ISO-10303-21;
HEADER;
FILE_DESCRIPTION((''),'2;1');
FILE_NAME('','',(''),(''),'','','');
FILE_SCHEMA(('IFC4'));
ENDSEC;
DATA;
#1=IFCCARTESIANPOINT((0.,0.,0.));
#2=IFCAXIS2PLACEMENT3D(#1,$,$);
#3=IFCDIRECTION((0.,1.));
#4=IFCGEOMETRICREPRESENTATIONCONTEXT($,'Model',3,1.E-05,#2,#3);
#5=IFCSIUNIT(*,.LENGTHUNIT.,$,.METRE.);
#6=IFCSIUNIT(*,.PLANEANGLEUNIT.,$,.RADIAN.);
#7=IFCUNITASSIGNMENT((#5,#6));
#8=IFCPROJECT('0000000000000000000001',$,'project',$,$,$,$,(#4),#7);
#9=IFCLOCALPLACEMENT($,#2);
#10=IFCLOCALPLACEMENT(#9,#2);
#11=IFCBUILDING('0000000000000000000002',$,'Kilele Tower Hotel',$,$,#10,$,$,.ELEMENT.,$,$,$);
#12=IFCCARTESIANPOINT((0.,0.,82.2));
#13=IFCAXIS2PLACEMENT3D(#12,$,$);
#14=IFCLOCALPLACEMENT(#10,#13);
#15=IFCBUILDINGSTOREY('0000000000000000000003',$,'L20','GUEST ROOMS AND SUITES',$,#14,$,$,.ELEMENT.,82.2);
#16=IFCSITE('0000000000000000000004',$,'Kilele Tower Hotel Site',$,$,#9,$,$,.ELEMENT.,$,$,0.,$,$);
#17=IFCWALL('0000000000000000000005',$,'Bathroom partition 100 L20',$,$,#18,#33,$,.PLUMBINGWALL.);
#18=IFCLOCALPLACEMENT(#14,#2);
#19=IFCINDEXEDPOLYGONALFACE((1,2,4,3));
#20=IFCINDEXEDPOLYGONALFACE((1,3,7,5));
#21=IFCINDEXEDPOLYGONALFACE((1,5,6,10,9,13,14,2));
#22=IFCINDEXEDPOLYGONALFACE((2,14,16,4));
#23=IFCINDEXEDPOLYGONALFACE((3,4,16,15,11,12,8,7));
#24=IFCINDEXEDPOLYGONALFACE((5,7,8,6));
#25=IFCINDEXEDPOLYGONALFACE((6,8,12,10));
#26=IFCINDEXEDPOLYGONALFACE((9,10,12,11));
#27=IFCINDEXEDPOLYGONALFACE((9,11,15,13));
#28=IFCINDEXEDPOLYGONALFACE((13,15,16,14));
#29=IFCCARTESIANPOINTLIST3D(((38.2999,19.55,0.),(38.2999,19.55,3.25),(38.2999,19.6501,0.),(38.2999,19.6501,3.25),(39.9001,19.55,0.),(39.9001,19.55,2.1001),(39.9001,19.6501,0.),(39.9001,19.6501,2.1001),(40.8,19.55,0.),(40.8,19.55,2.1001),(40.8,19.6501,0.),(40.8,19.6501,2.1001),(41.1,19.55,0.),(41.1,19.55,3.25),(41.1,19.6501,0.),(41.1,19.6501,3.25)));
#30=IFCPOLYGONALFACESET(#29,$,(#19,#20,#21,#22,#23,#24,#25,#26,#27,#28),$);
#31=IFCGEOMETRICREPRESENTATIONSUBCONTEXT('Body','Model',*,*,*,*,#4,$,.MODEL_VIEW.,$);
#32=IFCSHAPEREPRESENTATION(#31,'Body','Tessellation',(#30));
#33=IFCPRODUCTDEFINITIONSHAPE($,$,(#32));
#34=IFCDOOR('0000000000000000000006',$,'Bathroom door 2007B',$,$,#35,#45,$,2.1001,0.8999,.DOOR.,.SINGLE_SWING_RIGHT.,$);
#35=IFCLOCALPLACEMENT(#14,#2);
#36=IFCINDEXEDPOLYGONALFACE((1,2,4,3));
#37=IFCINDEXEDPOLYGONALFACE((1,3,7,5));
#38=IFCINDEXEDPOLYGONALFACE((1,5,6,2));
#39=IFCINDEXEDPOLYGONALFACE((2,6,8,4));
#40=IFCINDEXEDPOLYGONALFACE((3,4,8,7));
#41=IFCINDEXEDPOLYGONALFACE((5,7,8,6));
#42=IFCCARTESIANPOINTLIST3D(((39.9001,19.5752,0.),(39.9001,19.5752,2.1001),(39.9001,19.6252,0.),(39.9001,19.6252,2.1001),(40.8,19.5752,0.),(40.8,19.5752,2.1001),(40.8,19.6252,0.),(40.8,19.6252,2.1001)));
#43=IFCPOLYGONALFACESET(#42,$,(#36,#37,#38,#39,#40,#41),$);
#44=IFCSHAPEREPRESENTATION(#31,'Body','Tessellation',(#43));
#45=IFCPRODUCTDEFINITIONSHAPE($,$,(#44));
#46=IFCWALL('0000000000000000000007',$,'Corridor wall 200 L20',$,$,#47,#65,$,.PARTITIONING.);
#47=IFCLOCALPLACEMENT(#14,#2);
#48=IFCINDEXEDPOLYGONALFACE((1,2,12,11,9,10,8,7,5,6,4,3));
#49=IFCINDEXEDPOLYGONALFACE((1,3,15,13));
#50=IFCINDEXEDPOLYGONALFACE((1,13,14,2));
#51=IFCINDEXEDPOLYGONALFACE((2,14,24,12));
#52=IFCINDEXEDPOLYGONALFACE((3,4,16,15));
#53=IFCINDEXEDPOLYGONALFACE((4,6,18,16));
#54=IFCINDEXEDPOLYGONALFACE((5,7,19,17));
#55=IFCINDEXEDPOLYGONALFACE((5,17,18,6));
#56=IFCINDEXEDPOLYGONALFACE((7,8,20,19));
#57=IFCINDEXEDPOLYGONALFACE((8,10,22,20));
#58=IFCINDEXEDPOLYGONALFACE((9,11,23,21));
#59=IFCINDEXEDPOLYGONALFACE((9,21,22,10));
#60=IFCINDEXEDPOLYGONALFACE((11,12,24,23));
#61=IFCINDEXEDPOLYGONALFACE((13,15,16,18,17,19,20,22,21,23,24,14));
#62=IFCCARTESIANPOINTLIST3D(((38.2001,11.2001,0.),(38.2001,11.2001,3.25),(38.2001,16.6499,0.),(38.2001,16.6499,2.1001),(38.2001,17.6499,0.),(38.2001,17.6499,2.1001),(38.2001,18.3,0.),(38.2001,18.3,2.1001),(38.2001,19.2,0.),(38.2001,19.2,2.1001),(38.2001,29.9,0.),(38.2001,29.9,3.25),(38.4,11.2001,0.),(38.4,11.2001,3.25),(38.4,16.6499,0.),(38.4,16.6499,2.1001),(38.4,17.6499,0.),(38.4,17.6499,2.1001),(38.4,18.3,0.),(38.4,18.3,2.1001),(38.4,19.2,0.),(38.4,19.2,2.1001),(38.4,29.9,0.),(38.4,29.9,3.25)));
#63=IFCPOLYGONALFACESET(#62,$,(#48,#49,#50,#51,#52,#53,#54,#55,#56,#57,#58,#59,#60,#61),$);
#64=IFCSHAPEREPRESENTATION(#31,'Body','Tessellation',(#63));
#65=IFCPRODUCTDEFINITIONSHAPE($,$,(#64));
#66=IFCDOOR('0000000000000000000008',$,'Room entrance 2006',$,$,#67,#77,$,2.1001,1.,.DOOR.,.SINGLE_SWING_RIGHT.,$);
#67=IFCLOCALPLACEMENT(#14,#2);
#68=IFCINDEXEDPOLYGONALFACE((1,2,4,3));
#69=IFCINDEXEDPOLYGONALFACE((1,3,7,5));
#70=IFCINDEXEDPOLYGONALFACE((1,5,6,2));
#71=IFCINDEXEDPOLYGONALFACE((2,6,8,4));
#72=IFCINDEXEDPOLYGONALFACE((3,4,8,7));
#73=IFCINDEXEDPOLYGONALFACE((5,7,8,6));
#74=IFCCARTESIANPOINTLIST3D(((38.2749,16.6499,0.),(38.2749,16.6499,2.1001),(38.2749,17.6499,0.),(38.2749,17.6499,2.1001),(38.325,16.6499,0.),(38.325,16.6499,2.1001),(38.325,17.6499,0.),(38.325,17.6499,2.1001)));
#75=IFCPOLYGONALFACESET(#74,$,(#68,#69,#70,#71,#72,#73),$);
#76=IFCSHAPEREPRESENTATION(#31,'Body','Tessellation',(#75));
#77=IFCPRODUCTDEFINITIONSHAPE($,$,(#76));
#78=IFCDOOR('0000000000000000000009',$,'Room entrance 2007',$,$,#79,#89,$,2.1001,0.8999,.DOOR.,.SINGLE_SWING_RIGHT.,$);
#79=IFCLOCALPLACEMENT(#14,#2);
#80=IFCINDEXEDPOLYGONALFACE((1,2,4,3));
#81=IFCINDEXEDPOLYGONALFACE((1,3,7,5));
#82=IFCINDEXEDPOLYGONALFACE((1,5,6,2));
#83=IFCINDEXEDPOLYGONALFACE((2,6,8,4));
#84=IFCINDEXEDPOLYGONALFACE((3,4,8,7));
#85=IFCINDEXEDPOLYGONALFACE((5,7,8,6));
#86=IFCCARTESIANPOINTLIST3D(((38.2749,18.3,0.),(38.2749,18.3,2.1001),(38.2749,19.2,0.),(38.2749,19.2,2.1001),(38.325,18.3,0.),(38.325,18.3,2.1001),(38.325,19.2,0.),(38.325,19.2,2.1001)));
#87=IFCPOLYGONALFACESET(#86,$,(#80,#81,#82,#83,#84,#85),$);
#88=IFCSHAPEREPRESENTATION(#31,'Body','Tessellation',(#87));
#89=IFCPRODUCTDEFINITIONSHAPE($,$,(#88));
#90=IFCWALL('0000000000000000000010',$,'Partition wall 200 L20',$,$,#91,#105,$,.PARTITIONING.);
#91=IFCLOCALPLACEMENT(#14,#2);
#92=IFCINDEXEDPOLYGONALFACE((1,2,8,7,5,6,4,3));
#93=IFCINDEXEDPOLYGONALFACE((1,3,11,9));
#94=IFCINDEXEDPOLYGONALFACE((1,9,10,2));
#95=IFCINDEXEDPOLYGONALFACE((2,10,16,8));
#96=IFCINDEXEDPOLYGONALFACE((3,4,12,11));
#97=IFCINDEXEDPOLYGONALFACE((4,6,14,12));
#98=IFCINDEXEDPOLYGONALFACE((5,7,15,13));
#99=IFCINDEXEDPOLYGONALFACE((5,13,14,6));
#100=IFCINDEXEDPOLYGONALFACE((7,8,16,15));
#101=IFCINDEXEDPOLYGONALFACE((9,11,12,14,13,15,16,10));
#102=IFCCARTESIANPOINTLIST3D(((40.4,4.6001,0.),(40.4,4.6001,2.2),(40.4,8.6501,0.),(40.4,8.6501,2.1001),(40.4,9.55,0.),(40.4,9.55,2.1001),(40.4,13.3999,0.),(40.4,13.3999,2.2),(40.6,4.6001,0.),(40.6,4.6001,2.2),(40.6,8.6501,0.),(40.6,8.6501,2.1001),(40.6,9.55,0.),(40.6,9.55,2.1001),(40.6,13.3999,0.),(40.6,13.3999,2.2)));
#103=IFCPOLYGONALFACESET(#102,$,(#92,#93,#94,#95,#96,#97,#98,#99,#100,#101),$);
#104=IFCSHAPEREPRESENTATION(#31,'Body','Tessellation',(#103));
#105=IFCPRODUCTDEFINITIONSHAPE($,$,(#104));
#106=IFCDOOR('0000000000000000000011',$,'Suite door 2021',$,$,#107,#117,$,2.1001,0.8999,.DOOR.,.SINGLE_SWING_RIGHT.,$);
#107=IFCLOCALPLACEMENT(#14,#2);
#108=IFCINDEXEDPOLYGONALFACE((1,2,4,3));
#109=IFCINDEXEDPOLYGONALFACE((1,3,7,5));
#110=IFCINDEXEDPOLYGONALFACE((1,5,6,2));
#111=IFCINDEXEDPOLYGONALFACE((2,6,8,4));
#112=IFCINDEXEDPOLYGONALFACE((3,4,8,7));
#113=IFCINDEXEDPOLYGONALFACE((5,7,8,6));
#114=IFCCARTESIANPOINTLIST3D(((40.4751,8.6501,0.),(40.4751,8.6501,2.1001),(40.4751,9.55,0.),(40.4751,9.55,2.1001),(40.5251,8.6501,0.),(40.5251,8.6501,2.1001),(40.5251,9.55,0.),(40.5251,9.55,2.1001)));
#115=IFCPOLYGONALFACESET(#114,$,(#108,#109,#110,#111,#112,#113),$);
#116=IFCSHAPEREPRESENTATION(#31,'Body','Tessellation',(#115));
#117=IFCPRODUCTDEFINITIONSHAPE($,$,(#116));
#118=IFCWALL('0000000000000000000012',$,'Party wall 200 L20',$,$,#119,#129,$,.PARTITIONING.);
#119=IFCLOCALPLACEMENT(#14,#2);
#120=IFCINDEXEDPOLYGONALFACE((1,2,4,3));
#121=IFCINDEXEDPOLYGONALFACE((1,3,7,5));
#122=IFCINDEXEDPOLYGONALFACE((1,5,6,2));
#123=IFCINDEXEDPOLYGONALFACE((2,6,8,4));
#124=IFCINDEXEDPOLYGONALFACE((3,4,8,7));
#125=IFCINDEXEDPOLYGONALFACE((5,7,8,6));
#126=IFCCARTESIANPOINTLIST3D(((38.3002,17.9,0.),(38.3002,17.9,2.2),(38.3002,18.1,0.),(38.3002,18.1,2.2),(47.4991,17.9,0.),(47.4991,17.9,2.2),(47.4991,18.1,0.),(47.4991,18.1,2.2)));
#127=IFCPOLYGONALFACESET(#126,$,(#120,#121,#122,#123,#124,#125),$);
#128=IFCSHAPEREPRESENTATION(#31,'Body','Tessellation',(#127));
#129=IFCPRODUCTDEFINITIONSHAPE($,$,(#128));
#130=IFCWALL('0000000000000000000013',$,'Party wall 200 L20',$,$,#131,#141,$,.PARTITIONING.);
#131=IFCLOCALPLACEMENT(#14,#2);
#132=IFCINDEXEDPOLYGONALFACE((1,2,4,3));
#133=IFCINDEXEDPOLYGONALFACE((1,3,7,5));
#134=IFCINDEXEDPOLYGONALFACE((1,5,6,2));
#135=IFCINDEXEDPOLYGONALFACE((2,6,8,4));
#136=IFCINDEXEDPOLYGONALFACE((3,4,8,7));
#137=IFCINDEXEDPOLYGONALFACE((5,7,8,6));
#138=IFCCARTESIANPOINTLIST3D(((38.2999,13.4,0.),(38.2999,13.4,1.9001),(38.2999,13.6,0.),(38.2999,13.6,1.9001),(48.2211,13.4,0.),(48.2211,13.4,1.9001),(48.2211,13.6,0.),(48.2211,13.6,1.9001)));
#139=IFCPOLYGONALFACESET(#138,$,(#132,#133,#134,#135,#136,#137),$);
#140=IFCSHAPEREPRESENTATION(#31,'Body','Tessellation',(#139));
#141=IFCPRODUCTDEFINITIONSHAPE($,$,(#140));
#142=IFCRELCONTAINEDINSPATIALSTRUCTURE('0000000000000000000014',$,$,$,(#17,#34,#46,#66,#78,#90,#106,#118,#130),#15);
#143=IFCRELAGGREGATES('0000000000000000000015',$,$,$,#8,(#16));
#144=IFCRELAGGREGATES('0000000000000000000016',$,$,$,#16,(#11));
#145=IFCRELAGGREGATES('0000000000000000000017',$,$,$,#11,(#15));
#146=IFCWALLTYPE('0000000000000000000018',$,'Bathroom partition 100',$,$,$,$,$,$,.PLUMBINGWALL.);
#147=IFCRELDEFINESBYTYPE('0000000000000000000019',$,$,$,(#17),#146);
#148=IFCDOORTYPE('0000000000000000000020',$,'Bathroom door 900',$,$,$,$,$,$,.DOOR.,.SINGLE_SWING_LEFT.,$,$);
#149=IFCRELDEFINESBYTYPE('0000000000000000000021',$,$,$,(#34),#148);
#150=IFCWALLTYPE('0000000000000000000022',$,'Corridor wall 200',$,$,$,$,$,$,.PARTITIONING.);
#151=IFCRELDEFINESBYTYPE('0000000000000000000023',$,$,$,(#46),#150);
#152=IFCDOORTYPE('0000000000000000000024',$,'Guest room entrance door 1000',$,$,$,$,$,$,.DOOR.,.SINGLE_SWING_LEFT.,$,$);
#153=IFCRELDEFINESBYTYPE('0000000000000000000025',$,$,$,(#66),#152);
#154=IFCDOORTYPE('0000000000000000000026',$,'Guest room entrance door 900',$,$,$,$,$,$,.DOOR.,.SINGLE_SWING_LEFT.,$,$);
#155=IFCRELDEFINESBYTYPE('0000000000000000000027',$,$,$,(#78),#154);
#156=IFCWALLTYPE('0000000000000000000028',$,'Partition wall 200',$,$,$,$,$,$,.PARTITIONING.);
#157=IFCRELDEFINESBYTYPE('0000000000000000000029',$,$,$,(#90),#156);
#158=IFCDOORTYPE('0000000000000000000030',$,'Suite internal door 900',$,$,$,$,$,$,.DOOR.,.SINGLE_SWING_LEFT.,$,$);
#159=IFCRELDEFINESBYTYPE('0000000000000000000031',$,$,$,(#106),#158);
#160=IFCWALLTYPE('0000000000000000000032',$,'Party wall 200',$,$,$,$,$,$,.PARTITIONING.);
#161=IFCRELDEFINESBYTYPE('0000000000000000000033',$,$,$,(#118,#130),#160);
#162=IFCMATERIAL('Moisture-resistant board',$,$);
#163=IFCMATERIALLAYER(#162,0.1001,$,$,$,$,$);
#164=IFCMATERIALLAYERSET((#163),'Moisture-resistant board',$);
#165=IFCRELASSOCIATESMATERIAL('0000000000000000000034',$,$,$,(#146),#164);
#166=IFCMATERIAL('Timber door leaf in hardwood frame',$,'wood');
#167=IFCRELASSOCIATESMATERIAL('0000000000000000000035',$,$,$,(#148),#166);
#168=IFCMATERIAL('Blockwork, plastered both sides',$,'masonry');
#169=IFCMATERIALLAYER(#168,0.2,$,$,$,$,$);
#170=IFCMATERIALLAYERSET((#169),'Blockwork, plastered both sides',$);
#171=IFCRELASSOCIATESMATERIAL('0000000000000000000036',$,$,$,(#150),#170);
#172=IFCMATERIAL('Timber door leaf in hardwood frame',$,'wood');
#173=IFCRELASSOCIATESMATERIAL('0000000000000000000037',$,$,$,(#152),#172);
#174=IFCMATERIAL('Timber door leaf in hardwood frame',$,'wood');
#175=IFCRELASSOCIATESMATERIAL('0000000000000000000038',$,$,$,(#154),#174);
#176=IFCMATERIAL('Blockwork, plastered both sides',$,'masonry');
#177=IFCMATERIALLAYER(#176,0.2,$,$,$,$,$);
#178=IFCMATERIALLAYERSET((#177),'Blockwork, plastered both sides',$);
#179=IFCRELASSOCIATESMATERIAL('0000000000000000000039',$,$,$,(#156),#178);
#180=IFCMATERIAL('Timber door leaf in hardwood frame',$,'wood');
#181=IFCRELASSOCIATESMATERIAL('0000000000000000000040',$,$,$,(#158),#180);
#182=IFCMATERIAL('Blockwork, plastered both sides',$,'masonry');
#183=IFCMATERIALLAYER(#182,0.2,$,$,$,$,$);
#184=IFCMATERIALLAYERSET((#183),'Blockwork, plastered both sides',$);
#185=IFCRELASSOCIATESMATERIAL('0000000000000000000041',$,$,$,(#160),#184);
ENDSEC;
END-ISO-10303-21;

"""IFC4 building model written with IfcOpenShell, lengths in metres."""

from ifc_helpers import new_model, si_unit, direction, frame, frame_2d, origin, place, context, subcontext, project, spatial, rectangle, extrude, material, layer, layer_set, type_object, element, fill, save


model = new_model("IFC4")

# Units and contexts
model_context = context("Model", 3, precision=1e-05, world=origin(), true_north=direction((0.0, 1.0)))
body_context = subcontext(model_context, "Body", "Model", "MODEL_VIEW")
ifc_project = project(units=[si_unit("LENGTHUNIT", "METRE"), si_unit("PLANEANGLEUNIT", "RADIAN")], contexts=[model_context])

# Site, building, storey
site_placement = place(None, origin())
site = spatial("IfcSite", under=ifc_project, at=site_placement, Name="Kilele Tower Hotel Site", CompositionType="ELEMENT", RefElevation=0.0)
building_placement = place(site_placement, origin())
building = spatial("IfcBuilding", under=site, at=building_placement, Name="Kilele Tower Hotel", CompositionType="ELEMENT")
storey_placement = place(building_placement, frame((0.0, 0.0, 82.2)))
storey = spatial("IfcBuildingStorey", under=building, at=storey_placement, Name="L20", Description="GUEST ROOMS AND SUITES", CompositionType="ELEMENT", Elevation=82.2)

# Shared definitions
ifc_material_1 = material(Name="Moisture-resistant board")
ifc_layer_1 = layer(ifc_material_1, 0.1001)
ifc_layer_set_1 = layer_set([ifc_layer_1], Name="Moisture-resistant board")
wall_type_1 = type_object("IfcWallType", Name="Bathroom partition 100", PredefinedType="PLUMBINGWALL", material=ifc_layer_set_1)

# Shared definitions
ifc_material_2 = material(Name="Timber door leaf in hardwood frame", Category="wood")
door_type_1 = type_object("IfcDoorType", Name="Bathroom door 900", OperationType="SINGLE_SWING_LEFT", PredefinedType="DOOR", material=ifc_material_2)

# Wall, opening, door
wall_1_placement = place(storey_placement, frame((38.3, 19.6001, 0.0), z_axis=(0.0, 0.0, 1.0), x_axis=(1.0, 0.0, 0.0)))
wall_1 = element("IfcWall", 1, at=wall_1_placement, inside=storey, type_object=wall_type_1, Name="Bathroom partition 100 L20", PredefinedType="PLUMBINGWALL", context=body_context, shape_type="SweptSolid", body=[
    extrude(rectangle(XDim=2.8, YDim=0.1001, at=frame_2d((1.3999, 0.0))), origin(), (0.0, 0.0, 1.0), 3.25),
])
opening_1_placement = place(wall_1_placement, frame((2.5, 0.0, 0.0), z_axis=(0.0, 0.0, 1.0), x_axis=(-1.0, 0.0, 0.0)))
opening_1 = element("IfcOpeningElement", 2, at=opening_1_placement, cuts=wall_1, PredefinedType="OPENING", context=body_context, shape_type="SweptSolid", body=[
    extrude(rectangle(XDim=0.8999, YDim=2.1001, at=frame_2d((0.45, 1.05))), frame((0.0, 0.0601, 0.0), z_axis=(0.0, -1.0, 0.0), x_axis=(1.0, 0.0, 0.0)), (0.0, 0.0, 1.0), 0.1201),
])
door_1_placement = place(opening_1_placement, origin())
door_1 = element("IfcDoor", 3, at=door_1_placement, inside=storey, type_object=door_type_1, Name="Bathroom door 2007B", OperationType="SINGLE_SWING_RIGHT", OverallHeight=2.1001, OverallWidth=0.8999, PredefinedType="DOOR", context=body_context, shape_type="SweptSolid", body=[
    extrude(rectangle(XDim=0.8999, YDim=2.1001, at=frame_2d((0.45, 1.05))), frame((0.0, 0.0249, 0.0), z_axis=(0.0, -1.0, 0.0), x_axis=(1.0, 0.0, 0.0)), (0.0, 0.0, 1.0), 0.05),
])
fill(opening_1, door_1)

# Wall, openings, doors
ifc_material_3 = material(Name="Blockwork, plastered both sides", Category="masonry")
ifc_layer_2 = layer(ifc_material_3, 0.2)
ifc_layer_set_2 = layer_set([ifc_layer_2], Name="Blockwork, plastered both sides")
wall_type_2 = type_object("IfcWallType", Name="Corridor wall 200", PredefinedType="PARTITIONING", material=ifc_layer_set_2)
wall_2_placement = place(storey_placement, frame((38.3, 11.2, 0.0), z_axis=(0.0, 0.0, 1.0), x_axis=(0.0, 1.0, 0.0)))
wall_2 = element("IfcWall", 4, at=wall_2_placement, inside=storey, type_object=wall_type_2, Name="Corridor wall 200 L20", PredefinedType="PARTITIONING", context=body_context, shape_type="SweptSolid", body=[
    extrude(rectangle(XDim=18.7, YDim=0.2, at=frame_2d((9.3501, 0.0))), origin(), (0.0, 0.0, 1.0), 3.25),
])
opening_2_placement = place(wall_2_placement, frame((6.45, 0.0, 0.0), z_axis=(0.0, 0.0, 1.0), x_axis=(-1.0, 0.0, 0.0)))
opening_2 = element("IfcOpeningElement", 5, at=opening_2_placement, cuts=wall_2, PredefinedType="OPENING", context=body_context, shape_type="SweptSolid", body=[
    extrude(rectangle(XDim=1.0, YDim=2.1001, at=frame_2d((0.5, 1.05))), frame((0.0, 0.1099, 0.0), z_axis=(0.0, -1.0, 0.0), x_axis=(1.0, 0.0, 0.0)), (0.0, 0.0, 1.0), 0.22),
])
opening_3_placement = place(wall_2_placement, frame((8.0, 0.0, 0.0), z_axis=(0.0, 0.0, 1.0), x_axis=(-1.0, 0.0, 0.0)))
opening_3 = element("IfcOpeningElement", 6, at=opening_3_placement, cuts=wall_2, PredefinedType="OPENING", context=body_context, shape_type="SweptSolid", body=[
    extrude(rectangle(XDim=0.8999, YDim=2.1001, at=frame_2d((0.45, 1.05))), frame((0.0, 0.1099, 0.0), z_axis=(0.0, -1.0, 0.0), x_axis=(1.0, 0.0, 0.0)), (0.0, 0.0, 1.0), 0.22),
])
ifc_material_4 = material(Name="Timber door leaf in hardwood frame", Category="wood")
door_type_2 = type_object("IfcDoorType", Name="Guest room entrance door 1000", OperationType="SINGLE_SWING_LEFT", PredefinedType="DOOR", material=ifc_material_4)
door_2_placement = place(opening_2_placement, origin())
door_2 = element("IfcDoor", 7, at=door_2_placement, inside=storey, type_object=door_type_2, Name="Room entrance 2006", OperationType="SINGLE_SWING_RIGHT", OverallHeight=2.1001, OverallWidth=1.0, PredefinedType="DOOR", context=body_context, shape_type="SweptSolid", body=[
    extrude(rectangle(XDim=1.0, YDim=2.1001, at=frame_2d((0.5, 1.05))), frame((0.0, 0.0249, 0.0), z_axis=(0.0, -1.0, 0.0), x_axis=(1.0, 0.0, 0.0)), (0.0, 0.0, 1.0), 0.05),
])
fill(opening_2, door_2)
ifc_material_5 = material(Name="Timber door leaf in hardwood frame", Category="wood")
door_type_3 = type_object("IfcDoorType", Name="Guest room entrance door 900", OperationType="SINGLE_SWING_LEFT", PredefinedType="DOOR", material=ifc_material_5)
door_3_placement = place(opening_3_placement, origin())
door_3 = element("IfcDoor", 8, at=door_3_placement, inside=storey, type_object=door_type_3, Name="Room entrance 2007", OperationType="SINGLE_SWING_RIGHT", OverallHeight=2.1001, OverallWidth=0.8999, PredefinedType="DOOR", context=body_context, shape_type="SweptSolid", body=[
    extrude(rectangle(XDim=0.8999, YDim=2.1001, at=frame_2d((0.45, 1.05))), frame((0.0, 0.0249, 0.0), z_axis=(0.0, -1.0, 0.0), x_axis=(1.0, 0.0, 0.0)), (0.0, 0.0, 1.0), 0.05),
])
fill(opening_3, door_3)

# Wall, opening, door
ifc_material_6 = material(Name="Blockwork, plastered both sides", Category="masonry")
ifc_layer_3 = layer(ifc_material_6, 0.2)
ifc_layer_set_3 = layer_set([ifc_layer_3], Name="Blockwork, plastered both sides")
wall_type_3 = type_object("IfcWallType", Name="Partition wall 200", PredefinedType="PARTITIONING", material=ifc_layer_set_3)
wall_3_placement = place(storey_placement, frame((40.5, 4.6001, 0.0), z_axis=(0.0, 0.0, 1.0), x_axis=(0.0, 1.0, 0.0)))
wall_3 = element("IfcWall", 9, at=wall_3_placement, inside=storey, type_object=wall_type_3, Name="Partition wall 200 L20", PredefinedType="PARTITIONING", context=body_context, shape_type="SweptSolid", body=[
    extrude(rectangle(XDim=8.7998, YDim=0.2, at=frame_2d((4.3999, 0.0))), origin(), (0.0, 0.0, 1.0), 2.2),
])
opening_4_placement = place(wall_3_placement, frame((4.05, 0.0, 0.0)))
opening_4 = element("IfcOpeningElement", 10, at=opening_4_placement, cuts=wall_3, PredefinedType="OPENING", context=body_context, shape_type="SweptSolid", body=[
    extrude(rectangle(XDim=0.8999, YDim=2.1001, at=frame_2d((0.45, 1.05))), frame((0.0, 0.1099, 0.0), z_axis=(0.0, -1.0, 0.0), x_axis=(1.0, 0.0, 0.0)), (0.0, 0.0, 1.0), 0.22),
])
ifc_material_7 = material(Name="Timber door leaf in hardwood frame", Category="wood")
door_type_4 = type_object("IfcDoorType", Name="Suite internal door 900", OperationType="SINGLE_SWING_LEFT", PredefinedType="DOOR", material=ifc_material_7)
door_4_placement = place(opening_4_placement, origin())
door_4 = element("IfcDoor", 11, at=door_4_placement, inside=storey, type_object=door_type_4, Name="Suite door 2021", OperationType="SINGLE_SWING_RIGHT", OverallHeight=2.1001, OverallWidth=0.8999, PredefinedType="DOOR", context=body_context, shape_type="SweptSolid", body=[
    extrude(rectangle(XDim=0.8999, YDim=2.1001, at=frame_2d((0.45, 1.05))), frame((0.0, 0.0249, 0.0), z_axis=(0.0, -1.0, 0.0), x_axis=(1.0, 0.0, 0.0)), (0.0, 0.0, 1.0), 0.05),
])
fill(opening_4, door_4)

# Walls
ifc_material_8 = material(Name="Blockwork, plastered both sides", Category="masonry")
ifc_layer_4 = layer(ifc_material_8, 0.2)
ifc_layer_set_4 = layer_set([ifc_layer_4], Name="Blockwork, plastered both sides")
wall_type_4 = type_object("IfcWallType", Name="Party wall 200", PredefinedType="PARTITIONING", material=ifc_layer_set_4)
wall_4_placement = place(storey_placement, frame((38.3, 18.0, 0.0), z_axis=(0.0, 0.0, 1.0), x_axis=(1.0, 0.0, 0.0)))
element("IfcWall", 12, at=wall_4_placement, inside=storey, type_object=wall_type_4, Name="Party wall 200 L20", PredefinedType="PARTITIONING", context=body_context, shape_type="SweptSolid", body=[
    extrude(rectangle(XDim=9.199, YDim=0.2, at=frame_2d((4.5996, 0.0))), origin(), (0.0, 0.0, 1.0), 2.2),
])
wall_5_placement = place(storey_placement, frame((38.3, 13.5, 0.0), z_axis=(0.0, 0.0, 1.0), x_axis=(1.0, 0.0, 0.0)))
element("IfcWall", 13, at=wall_5_placement, inside=storey, type_object=wall_type_4, Name="Party wall 200 L20", PredefinedType="PARTITIONING", context=body_context, shape_type="SweptSolid", body=[
    extrude(rectangle(XDim=9.9211, YDim=0.2, at=frame_2d((4.9604, 0.0))), origin(), (0.0, 0.0, 1.0), 1.9001),
])

save(model, "model.ifc")
